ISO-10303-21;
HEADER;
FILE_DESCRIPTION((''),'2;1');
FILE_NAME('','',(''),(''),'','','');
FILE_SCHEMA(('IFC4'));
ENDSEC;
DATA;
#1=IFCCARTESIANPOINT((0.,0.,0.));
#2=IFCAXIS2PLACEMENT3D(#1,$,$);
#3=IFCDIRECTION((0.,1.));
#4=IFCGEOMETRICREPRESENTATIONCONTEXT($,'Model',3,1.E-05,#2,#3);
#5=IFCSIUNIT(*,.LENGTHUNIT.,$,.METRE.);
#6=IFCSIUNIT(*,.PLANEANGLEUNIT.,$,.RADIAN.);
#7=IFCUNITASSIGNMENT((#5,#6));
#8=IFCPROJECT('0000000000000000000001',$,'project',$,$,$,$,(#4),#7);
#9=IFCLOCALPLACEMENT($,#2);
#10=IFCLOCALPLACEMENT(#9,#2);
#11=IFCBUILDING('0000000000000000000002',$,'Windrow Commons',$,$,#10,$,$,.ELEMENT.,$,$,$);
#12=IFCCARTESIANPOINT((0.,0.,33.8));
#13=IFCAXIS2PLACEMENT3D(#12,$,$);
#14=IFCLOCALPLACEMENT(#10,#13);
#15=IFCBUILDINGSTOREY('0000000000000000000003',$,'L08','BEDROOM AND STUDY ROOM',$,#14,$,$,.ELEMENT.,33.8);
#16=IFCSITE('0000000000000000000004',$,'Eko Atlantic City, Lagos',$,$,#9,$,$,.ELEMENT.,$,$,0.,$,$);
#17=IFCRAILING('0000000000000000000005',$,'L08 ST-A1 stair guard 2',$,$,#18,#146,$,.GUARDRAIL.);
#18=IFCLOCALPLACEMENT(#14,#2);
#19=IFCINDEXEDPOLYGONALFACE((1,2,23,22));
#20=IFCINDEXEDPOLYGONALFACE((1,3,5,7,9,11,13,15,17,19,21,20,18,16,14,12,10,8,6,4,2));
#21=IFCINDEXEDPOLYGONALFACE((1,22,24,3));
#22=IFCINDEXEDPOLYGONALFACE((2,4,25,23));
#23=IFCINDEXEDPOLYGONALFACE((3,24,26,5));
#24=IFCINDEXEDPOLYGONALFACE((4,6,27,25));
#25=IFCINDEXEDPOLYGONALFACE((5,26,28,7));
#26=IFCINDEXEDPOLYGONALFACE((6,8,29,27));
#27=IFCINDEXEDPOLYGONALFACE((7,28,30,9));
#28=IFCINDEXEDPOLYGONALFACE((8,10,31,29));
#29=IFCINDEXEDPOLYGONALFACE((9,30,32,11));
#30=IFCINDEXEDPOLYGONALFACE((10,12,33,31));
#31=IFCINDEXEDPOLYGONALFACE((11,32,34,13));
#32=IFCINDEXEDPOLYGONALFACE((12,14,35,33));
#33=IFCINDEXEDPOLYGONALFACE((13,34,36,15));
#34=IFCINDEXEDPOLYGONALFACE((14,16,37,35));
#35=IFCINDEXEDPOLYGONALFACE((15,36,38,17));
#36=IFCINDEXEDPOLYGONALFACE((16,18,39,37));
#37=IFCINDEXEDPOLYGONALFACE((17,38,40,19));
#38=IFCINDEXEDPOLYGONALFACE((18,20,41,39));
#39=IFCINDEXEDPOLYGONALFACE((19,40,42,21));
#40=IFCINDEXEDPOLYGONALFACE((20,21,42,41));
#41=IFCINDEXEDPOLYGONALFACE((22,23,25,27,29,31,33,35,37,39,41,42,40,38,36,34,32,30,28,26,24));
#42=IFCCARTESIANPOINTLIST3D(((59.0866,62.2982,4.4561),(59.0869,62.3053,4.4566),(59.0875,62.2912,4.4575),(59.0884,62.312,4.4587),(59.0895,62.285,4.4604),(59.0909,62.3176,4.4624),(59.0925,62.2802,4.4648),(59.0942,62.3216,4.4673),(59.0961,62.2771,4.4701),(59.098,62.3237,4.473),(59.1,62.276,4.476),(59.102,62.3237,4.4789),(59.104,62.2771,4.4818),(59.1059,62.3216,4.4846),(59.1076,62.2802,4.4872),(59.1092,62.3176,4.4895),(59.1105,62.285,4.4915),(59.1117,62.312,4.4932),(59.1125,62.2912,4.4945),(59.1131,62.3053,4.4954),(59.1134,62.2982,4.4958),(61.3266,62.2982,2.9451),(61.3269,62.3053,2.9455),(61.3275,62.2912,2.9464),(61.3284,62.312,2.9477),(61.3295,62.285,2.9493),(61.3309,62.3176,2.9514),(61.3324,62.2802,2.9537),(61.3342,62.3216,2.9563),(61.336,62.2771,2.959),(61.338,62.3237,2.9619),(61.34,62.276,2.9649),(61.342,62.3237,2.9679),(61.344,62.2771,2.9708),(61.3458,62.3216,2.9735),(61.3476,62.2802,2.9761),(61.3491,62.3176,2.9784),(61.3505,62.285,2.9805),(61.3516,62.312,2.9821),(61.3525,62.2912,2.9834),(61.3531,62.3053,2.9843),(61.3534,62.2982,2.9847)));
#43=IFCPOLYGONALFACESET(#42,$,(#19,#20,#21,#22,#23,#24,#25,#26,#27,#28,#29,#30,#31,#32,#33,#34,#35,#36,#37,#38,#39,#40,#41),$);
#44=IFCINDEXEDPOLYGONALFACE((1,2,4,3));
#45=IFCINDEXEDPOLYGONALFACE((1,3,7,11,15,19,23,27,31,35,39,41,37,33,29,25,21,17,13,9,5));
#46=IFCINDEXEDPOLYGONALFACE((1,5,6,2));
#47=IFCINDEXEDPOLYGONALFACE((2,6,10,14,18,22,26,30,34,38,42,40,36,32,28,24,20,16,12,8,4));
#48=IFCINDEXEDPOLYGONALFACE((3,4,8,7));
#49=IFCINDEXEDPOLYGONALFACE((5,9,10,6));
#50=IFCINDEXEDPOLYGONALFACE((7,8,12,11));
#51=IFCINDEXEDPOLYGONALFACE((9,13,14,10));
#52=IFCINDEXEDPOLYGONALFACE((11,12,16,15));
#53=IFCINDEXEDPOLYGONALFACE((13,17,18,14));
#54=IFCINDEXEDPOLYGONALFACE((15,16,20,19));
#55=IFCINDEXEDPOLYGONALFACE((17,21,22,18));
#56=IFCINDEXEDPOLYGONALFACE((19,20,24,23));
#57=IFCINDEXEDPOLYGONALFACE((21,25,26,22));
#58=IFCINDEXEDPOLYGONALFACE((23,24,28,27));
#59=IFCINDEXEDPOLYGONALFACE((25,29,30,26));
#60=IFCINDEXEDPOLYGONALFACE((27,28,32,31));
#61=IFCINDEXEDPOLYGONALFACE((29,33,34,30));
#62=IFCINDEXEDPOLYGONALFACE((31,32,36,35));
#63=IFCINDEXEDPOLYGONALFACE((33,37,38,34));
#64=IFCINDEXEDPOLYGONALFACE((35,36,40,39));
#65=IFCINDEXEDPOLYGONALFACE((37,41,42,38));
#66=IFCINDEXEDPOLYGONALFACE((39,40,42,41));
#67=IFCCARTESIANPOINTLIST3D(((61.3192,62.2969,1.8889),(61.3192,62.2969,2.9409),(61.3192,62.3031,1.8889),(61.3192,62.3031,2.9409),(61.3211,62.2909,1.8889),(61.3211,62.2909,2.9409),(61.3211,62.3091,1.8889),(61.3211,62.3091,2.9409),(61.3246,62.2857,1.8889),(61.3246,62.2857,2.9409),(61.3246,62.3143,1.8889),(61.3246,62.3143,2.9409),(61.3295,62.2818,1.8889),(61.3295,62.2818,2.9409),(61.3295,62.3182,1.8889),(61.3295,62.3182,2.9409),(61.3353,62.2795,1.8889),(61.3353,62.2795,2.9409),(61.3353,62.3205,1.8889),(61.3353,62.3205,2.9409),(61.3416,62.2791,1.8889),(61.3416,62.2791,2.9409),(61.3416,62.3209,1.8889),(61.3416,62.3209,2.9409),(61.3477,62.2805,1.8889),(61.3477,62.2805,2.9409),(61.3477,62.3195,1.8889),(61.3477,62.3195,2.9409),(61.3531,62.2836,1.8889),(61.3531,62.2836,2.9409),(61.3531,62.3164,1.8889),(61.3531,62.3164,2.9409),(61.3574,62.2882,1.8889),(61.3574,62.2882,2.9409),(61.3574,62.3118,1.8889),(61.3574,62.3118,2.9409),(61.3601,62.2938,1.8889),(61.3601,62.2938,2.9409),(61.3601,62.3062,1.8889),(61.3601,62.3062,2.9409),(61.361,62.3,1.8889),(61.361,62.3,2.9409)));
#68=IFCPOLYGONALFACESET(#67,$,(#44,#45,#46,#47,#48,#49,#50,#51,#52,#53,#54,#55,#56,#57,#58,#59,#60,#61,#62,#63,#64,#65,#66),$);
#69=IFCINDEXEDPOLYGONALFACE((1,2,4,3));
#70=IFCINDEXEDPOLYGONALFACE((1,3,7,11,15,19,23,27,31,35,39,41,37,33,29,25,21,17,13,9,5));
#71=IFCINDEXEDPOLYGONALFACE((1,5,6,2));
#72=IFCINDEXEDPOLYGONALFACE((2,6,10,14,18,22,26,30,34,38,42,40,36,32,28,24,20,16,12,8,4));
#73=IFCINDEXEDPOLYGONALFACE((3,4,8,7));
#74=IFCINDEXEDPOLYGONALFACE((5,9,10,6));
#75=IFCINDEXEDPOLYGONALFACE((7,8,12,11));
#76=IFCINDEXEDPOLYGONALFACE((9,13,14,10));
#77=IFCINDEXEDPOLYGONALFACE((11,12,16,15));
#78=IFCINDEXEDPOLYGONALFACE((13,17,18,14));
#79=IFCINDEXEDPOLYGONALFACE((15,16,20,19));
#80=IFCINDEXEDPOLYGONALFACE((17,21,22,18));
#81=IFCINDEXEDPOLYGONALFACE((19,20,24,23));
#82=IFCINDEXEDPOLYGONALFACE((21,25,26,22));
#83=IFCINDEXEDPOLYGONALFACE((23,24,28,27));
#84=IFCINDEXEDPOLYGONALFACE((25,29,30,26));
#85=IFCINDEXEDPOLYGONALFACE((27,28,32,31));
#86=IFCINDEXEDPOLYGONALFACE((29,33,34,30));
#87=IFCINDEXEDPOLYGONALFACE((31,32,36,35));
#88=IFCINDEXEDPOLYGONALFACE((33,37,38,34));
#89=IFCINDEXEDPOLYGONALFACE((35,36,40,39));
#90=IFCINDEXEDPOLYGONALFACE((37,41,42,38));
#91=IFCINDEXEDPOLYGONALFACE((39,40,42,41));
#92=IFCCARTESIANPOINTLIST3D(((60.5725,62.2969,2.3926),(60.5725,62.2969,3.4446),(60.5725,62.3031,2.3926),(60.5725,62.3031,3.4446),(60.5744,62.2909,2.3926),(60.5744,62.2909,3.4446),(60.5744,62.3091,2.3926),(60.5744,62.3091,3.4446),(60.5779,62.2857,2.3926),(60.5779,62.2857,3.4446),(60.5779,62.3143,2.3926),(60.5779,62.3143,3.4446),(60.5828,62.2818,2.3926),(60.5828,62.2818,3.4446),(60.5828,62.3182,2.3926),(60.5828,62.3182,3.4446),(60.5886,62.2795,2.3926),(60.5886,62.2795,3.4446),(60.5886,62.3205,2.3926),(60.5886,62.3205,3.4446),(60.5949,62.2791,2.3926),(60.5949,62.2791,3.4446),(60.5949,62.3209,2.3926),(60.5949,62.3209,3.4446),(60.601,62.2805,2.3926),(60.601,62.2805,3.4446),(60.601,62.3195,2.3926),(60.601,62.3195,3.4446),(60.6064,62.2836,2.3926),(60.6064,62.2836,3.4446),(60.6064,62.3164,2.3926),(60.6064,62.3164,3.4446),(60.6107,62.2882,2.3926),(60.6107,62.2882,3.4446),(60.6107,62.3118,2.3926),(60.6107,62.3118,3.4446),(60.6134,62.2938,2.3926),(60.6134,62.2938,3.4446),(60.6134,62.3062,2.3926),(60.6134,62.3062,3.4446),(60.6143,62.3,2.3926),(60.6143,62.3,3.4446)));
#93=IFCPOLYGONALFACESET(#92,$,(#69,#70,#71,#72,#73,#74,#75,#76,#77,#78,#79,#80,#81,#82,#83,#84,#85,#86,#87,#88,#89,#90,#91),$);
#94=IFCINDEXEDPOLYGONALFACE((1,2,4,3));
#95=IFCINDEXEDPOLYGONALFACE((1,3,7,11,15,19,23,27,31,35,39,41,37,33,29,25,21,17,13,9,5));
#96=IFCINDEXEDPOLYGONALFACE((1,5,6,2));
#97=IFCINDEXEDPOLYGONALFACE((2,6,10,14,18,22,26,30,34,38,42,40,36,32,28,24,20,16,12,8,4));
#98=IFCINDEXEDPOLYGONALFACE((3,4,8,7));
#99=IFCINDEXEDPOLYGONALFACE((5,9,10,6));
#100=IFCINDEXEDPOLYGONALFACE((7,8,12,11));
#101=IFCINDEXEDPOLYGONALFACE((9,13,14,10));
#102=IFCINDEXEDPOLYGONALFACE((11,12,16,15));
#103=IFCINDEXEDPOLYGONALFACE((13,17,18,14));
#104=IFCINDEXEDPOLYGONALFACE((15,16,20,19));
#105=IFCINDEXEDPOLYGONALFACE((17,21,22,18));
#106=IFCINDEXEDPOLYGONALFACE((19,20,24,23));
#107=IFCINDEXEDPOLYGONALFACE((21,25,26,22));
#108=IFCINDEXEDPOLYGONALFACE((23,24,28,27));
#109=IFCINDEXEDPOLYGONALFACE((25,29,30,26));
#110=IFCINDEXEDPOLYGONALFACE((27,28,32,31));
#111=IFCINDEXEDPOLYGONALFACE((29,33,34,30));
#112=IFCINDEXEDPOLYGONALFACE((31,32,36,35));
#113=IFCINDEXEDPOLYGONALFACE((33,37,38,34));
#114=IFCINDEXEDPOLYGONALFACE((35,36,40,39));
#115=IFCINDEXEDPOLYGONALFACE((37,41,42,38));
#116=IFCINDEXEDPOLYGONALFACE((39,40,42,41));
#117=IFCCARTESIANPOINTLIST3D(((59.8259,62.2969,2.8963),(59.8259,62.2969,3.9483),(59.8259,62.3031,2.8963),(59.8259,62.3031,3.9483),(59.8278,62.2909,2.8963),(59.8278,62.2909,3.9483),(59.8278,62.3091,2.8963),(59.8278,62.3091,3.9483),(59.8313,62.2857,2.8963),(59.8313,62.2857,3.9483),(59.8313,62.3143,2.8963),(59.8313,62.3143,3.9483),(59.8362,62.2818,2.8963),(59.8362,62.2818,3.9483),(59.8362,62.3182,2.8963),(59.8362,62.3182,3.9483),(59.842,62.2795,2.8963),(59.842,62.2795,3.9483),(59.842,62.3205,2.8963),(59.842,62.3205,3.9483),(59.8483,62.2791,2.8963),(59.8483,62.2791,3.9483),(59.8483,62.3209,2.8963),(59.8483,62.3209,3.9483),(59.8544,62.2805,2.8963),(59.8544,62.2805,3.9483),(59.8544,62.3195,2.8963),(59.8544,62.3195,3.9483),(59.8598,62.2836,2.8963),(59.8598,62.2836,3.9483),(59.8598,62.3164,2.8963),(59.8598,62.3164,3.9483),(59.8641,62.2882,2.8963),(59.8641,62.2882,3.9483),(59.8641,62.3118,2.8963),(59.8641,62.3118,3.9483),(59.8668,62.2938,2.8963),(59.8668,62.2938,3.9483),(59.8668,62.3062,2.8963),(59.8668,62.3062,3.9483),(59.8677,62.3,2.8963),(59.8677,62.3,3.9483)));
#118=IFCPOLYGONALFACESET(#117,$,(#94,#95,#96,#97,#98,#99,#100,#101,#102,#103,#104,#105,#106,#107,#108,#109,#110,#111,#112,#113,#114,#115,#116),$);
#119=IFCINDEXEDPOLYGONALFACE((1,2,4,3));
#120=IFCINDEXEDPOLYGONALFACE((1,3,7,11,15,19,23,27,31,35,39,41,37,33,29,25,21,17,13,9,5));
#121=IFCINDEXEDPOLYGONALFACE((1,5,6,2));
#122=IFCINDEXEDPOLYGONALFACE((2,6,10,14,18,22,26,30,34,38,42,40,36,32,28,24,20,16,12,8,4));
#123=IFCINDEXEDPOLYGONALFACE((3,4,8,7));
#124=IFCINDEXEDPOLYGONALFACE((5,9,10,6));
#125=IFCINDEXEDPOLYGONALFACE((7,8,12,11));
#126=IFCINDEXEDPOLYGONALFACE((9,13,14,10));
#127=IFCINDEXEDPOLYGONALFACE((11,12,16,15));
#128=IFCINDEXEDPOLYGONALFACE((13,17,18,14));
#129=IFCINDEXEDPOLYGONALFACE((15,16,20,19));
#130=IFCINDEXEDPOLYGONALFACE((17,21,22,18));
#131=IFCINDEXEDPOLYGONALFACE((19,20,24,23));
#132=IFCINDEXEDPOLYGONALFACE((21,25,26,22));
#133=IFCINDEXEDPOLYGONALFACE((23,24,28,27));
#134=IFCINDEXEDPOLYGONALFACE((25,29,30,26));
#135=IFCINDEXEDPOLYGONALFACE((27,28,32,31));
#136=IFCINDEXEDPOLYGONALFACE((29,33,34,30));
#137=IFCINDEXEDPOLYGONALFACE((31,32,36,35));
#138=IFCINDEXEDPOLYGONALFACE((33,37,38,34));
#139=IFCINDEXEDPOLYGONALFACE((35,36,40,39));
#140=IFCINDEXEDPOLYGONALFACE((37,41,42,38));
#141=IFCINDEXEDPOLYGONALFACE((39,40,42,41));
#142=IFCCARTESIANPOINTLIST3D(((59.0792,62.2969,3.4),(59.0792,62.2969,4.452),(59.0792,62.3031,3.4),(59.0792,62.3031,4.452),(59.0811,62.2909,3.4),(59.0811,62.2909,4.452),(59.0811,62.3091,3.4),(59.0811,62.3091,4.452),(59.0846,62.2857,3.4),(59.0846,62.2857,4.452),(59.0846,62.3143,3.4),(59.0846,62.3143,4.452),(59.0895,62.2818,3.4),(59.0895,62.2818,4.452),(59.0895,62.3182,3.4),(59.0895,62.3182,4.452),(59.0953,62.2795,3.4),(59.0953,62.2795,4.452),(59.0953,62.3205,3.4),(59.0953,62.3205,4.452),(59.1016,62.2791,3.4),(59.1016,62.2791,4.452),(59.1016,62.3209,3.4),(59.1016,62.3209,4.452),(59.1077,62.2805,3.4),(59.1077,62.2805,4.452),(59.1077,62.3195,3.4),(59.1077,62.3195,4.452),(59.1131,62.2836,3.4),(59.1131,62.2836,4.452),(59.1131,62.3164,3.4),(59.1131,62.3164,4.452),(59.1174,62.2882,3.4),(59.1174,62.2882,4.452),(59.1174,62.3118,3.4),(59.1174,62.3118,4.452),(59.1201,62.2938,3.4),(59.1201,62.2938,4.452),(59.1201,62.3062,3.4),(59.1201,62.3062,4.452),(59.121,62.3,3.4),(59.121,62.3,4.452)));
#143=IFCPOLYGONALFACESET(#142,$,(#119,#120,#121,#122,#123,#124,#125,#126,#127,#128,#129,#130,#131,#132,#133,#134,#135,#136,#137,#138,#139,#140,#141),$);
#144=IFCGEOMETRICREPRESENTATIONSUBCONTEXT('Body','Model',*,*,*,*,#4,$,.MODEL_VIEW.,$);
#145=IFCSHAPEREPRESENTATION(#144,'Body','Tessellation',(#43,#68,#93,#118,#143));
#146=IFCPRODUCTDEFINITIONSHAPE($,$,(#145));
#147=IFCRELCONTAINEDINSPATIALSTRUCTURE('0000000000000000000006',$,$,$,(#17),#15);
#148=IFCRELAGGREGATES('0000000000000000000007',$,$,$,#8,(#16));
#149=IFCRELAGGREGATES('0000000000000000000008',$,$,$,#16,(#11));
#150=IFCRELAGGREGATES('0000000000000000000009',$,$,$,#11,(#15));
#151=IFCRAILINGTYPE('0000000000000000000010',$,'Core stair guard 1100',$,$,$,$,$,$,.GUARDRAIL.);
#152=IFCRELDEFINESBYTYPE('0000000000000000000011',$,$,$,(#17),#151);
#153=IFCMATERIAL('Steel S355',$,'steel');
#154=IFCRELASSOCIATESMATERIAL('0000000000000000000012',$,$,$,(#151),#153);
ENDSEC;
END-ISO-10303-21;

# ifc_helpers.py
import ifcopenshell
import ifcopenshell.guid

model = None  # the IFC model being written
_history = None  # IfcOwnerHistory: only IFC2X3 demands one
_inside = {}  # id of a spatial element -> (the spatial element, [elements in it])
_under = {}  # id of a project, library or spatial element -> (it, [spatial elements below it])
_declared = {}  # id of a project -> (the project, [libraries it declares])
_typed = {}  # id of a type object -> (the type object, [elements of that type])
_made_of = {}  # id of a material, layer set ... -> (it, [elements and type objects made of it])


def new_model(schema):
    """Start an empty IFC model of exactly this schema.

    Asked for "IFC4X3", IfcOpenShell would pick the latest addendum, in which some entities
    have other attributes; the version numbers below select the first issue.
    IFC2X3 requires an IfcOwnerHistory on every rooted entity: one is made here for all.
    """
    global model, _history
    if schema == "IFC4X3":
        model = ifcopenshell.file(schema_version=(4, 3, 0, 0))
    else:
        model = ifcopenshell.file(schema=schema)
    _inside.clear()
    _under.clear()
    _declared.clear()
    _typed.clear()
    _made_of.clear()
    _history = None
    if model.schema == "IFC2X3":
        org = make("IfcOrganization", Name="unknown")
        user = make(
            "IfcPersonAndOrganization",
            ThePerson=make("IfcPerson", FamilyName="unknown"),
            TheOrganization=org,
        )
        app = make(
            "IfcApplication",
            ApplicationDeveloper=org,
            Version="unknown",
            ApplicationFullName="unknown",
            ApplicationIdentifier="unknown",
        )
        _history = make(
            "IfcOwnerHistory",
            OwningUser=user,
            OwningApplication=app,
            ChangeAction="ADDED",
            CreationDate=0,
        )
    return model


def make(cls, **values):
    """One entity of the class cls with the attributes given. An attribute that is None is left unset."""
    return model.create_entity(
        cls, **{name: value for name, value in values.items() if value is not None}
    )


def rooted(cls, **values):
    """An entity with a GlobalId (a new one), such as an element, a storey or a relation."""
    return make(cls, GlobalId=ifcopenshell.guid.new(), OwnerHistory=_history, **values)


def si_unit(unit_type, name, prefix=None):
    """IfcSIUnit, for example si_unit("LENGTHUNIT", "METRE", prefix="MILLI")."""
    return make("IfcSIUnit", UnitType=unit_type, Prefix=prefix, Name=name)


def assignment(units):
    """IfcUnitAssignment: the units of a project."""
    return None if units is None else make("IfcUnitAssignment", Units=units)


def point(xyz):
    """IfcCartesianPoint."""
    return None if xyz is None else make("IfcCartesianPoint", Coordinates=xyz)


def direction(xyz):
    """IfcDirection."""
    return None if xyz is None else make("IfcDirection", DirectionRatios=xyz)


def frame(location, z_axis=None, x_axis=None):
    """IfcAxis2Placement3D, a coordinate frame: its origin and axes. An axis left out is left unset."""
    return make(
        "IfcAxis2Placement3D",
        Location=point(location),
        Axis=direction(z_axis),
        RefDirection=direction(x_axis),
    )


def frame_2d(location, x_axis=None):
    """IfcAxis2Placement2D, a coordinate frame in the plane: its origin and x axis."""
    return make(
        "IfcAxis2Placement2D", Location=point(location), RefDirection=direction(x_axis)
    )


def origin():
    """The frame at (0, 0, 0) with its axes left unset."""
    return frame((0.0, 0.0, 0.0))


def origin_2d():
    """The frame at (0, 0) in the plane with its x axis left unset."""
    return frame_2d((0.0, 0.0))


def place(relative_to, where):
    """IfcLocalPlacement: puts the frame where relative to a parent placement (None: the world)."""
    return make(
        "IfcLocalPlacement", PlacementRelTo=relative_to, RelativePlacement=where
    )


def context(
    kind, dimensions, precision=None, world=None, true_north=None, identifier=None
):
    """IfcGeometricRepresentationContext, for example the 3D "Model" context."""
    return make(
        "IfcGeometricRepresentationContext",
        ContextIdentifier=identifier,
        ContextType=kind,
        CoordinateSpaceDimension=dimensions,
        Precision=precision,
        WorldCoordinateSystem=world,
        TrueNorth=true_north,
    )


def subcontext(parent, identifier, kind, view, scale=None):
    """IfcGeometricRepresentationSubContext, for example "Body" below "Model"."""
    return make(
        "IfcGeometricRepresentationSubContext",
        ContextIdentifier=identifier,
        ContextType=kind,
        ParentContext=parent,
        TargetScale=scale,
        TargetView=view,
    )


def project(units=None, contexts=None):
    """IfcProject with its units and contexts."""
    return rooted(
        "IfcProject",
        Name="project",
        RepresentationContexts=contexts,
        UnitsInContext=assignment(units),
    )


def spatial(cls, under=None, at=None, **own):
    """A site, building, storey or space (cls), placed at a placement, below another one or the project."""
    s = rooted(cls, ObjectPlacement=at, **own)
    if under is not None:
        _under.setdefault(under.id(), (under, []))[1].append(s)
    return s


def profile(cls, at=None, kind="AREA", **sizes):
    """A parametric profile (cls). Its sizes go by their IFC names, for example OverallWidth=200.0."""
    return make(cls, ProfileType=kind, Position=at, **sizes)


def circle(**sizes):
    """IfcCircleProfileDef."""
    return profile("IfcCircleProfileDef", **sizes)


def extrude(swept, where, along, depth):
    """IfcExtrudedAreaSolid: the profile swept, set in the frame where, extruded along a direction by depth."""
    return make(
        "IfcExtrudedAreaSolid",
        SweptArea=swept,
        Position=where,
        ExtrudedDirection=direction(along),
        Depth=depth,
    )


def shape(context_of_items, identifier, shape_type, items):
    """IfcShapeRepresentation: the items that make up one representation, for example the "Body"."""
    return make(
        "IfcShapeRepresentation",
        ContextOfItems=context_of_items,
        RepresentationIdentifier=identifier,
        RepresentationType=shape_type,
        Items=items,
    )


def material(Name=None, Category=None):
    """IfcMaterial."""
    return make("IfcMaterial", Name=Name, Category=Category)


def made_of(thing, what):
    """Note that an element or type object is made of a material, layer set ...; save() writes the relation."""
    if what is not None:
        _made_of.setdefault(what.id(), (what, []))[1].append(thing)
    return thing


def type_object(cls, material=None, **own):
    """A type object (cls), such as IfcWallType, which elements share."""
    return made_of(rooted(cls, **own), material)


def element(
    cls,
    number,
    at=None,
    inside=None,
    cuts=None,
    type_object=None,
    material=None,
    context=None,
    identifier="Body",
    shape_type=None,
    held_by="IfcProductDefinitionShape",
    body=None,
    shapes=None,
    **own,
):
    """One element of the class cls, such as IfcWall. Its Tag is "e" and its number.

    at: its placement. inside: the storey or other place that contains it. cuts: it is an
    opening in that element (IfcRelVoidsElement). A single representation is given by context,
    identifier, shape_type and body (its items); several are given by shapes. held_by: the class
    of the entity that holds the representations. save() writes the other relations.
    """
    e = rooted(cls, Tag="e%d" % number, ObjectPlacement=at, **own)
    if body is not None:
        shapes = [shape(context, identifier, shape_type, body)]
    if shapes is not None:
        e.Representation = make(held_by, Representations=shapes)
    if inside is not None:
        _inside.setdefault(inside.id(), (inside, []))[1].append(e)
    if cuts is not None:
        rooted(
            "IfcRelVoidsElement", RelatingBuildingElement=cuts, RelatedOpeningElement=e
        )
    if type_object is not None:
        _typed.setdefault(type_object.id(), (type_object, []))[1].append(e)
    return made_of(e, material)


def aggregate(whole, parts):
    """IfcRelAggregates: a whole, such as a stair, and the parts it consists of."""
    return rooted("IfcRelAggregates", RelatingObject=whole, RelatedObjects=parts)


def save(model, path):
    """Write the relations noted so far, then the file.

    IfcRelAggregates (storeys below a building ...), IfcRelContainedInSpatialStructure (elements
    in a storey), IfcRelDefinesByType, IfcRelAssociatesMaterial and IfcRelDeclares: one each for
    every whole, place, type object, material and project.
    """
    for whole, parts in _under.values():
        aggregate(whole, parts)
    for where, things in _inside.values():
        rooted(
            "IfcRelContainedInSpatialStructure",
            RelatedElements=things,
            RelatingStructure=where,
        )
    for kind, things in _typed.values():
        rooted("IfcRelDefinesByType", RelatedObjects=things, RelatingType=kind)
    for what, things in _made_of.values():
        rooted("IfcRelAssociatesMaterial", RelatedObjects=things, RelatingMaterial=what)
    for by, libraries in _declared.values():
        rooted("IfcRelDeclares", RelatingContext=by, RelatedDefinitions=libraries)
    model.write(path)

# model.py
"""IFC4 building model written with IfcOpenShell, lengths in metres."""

from ifc_helpers import new_model, si_unit, direction, frame, origin, origin_2d, place, context, subcontext, project, spatial, circle, extrude, material, type_object, element, save


model = new_model("IFC4")

# Units and contexts
model_context = context("Model", 3, precision=1e-05, world=origin(), true_north=direction((0.0, 1.0)))
body_context = subcontext(model_context, "Body", "Model", "MODEL_VIEW")
ifc_project = project(units=[si_unit("LENGTHUNIT", "METRE"), si_unit("PLANEANGLEUNIT", "RADIAN")], contexts=[model_context])

# Site, building, storey
site_placement = place(None, origin())
site = spatial("IfcSite", under=ifc_project, at=site_placement, Name="Eko Atlantic City, Lagos", CompositionType="ELEMENT", RefElevation=0.0)
building_placement = place(site_placement, origin())
building = spatial("IfcBuilding", under=site, at=building_placement, Name="Windrow Commons", CompositionType="ELEMENT")
storey_placement = place(building_placement, frame((0.0, 0.0, 33.8)))
storey = spatial("IfcBuildingStorey", under=building, at=storey_placement, Name="L08", Description="BEDROOM AND STUDY ROOM", CompositionType="ELEMENT", Elevation=33.8)

# Railing
ifc_material_1 = material(Name="Steel S355", Category="steel")
railing_type_1 = type_object("IfcRailingType", Name="Core stair guard 1100", PredefinedType="GUARDRAIL", material=ifc_material_1)
railing_1_placement = place(storey_placement, frame((61.34, 62.3, 1.8889)))
element("IfcRailing", 1, at=railing_1_placement, inside=storey, type_object=railing_type_1, Name="L08 ST-A1 stair guard 2", PredefinedType="GUARDRAIL", context=body_context, shape_type="SweptSolid", body=[
    extrude(circle(Radius=0.024, at=origin_2d()), frame((0.0, 0.0, 1.076), z_axis=(-0.829003, 0.0, 0.559244), x_axis=(0.0, -1.0, 0.0)), (0.0, 0.0, 1.0), 2.702),
    extrude(circle(Radius=0.021, at=origin_2d()), origin(), (0.0, 0.0, 1.0), 1.052),
    extrude(circle(Radius=0.021, at=origin_2d()), frame((-0.7467, 0.0, 0.5037)), (0.0, 0.0, 1.0), 1.052),
    extrude(circle(Radius=0.021, at=origin_2d()), frame((-1.4933, 0.0, 1.0074)), (0.0, 0.0, 1.0), 1.052),
    extrude(circle(Radius=0.021, at=origin_2d()), frame((-2.24, 0.0, 1.5111)), (0.0, 0.0, 1.0), 1.052),
])

save(model, "model.ifc")
